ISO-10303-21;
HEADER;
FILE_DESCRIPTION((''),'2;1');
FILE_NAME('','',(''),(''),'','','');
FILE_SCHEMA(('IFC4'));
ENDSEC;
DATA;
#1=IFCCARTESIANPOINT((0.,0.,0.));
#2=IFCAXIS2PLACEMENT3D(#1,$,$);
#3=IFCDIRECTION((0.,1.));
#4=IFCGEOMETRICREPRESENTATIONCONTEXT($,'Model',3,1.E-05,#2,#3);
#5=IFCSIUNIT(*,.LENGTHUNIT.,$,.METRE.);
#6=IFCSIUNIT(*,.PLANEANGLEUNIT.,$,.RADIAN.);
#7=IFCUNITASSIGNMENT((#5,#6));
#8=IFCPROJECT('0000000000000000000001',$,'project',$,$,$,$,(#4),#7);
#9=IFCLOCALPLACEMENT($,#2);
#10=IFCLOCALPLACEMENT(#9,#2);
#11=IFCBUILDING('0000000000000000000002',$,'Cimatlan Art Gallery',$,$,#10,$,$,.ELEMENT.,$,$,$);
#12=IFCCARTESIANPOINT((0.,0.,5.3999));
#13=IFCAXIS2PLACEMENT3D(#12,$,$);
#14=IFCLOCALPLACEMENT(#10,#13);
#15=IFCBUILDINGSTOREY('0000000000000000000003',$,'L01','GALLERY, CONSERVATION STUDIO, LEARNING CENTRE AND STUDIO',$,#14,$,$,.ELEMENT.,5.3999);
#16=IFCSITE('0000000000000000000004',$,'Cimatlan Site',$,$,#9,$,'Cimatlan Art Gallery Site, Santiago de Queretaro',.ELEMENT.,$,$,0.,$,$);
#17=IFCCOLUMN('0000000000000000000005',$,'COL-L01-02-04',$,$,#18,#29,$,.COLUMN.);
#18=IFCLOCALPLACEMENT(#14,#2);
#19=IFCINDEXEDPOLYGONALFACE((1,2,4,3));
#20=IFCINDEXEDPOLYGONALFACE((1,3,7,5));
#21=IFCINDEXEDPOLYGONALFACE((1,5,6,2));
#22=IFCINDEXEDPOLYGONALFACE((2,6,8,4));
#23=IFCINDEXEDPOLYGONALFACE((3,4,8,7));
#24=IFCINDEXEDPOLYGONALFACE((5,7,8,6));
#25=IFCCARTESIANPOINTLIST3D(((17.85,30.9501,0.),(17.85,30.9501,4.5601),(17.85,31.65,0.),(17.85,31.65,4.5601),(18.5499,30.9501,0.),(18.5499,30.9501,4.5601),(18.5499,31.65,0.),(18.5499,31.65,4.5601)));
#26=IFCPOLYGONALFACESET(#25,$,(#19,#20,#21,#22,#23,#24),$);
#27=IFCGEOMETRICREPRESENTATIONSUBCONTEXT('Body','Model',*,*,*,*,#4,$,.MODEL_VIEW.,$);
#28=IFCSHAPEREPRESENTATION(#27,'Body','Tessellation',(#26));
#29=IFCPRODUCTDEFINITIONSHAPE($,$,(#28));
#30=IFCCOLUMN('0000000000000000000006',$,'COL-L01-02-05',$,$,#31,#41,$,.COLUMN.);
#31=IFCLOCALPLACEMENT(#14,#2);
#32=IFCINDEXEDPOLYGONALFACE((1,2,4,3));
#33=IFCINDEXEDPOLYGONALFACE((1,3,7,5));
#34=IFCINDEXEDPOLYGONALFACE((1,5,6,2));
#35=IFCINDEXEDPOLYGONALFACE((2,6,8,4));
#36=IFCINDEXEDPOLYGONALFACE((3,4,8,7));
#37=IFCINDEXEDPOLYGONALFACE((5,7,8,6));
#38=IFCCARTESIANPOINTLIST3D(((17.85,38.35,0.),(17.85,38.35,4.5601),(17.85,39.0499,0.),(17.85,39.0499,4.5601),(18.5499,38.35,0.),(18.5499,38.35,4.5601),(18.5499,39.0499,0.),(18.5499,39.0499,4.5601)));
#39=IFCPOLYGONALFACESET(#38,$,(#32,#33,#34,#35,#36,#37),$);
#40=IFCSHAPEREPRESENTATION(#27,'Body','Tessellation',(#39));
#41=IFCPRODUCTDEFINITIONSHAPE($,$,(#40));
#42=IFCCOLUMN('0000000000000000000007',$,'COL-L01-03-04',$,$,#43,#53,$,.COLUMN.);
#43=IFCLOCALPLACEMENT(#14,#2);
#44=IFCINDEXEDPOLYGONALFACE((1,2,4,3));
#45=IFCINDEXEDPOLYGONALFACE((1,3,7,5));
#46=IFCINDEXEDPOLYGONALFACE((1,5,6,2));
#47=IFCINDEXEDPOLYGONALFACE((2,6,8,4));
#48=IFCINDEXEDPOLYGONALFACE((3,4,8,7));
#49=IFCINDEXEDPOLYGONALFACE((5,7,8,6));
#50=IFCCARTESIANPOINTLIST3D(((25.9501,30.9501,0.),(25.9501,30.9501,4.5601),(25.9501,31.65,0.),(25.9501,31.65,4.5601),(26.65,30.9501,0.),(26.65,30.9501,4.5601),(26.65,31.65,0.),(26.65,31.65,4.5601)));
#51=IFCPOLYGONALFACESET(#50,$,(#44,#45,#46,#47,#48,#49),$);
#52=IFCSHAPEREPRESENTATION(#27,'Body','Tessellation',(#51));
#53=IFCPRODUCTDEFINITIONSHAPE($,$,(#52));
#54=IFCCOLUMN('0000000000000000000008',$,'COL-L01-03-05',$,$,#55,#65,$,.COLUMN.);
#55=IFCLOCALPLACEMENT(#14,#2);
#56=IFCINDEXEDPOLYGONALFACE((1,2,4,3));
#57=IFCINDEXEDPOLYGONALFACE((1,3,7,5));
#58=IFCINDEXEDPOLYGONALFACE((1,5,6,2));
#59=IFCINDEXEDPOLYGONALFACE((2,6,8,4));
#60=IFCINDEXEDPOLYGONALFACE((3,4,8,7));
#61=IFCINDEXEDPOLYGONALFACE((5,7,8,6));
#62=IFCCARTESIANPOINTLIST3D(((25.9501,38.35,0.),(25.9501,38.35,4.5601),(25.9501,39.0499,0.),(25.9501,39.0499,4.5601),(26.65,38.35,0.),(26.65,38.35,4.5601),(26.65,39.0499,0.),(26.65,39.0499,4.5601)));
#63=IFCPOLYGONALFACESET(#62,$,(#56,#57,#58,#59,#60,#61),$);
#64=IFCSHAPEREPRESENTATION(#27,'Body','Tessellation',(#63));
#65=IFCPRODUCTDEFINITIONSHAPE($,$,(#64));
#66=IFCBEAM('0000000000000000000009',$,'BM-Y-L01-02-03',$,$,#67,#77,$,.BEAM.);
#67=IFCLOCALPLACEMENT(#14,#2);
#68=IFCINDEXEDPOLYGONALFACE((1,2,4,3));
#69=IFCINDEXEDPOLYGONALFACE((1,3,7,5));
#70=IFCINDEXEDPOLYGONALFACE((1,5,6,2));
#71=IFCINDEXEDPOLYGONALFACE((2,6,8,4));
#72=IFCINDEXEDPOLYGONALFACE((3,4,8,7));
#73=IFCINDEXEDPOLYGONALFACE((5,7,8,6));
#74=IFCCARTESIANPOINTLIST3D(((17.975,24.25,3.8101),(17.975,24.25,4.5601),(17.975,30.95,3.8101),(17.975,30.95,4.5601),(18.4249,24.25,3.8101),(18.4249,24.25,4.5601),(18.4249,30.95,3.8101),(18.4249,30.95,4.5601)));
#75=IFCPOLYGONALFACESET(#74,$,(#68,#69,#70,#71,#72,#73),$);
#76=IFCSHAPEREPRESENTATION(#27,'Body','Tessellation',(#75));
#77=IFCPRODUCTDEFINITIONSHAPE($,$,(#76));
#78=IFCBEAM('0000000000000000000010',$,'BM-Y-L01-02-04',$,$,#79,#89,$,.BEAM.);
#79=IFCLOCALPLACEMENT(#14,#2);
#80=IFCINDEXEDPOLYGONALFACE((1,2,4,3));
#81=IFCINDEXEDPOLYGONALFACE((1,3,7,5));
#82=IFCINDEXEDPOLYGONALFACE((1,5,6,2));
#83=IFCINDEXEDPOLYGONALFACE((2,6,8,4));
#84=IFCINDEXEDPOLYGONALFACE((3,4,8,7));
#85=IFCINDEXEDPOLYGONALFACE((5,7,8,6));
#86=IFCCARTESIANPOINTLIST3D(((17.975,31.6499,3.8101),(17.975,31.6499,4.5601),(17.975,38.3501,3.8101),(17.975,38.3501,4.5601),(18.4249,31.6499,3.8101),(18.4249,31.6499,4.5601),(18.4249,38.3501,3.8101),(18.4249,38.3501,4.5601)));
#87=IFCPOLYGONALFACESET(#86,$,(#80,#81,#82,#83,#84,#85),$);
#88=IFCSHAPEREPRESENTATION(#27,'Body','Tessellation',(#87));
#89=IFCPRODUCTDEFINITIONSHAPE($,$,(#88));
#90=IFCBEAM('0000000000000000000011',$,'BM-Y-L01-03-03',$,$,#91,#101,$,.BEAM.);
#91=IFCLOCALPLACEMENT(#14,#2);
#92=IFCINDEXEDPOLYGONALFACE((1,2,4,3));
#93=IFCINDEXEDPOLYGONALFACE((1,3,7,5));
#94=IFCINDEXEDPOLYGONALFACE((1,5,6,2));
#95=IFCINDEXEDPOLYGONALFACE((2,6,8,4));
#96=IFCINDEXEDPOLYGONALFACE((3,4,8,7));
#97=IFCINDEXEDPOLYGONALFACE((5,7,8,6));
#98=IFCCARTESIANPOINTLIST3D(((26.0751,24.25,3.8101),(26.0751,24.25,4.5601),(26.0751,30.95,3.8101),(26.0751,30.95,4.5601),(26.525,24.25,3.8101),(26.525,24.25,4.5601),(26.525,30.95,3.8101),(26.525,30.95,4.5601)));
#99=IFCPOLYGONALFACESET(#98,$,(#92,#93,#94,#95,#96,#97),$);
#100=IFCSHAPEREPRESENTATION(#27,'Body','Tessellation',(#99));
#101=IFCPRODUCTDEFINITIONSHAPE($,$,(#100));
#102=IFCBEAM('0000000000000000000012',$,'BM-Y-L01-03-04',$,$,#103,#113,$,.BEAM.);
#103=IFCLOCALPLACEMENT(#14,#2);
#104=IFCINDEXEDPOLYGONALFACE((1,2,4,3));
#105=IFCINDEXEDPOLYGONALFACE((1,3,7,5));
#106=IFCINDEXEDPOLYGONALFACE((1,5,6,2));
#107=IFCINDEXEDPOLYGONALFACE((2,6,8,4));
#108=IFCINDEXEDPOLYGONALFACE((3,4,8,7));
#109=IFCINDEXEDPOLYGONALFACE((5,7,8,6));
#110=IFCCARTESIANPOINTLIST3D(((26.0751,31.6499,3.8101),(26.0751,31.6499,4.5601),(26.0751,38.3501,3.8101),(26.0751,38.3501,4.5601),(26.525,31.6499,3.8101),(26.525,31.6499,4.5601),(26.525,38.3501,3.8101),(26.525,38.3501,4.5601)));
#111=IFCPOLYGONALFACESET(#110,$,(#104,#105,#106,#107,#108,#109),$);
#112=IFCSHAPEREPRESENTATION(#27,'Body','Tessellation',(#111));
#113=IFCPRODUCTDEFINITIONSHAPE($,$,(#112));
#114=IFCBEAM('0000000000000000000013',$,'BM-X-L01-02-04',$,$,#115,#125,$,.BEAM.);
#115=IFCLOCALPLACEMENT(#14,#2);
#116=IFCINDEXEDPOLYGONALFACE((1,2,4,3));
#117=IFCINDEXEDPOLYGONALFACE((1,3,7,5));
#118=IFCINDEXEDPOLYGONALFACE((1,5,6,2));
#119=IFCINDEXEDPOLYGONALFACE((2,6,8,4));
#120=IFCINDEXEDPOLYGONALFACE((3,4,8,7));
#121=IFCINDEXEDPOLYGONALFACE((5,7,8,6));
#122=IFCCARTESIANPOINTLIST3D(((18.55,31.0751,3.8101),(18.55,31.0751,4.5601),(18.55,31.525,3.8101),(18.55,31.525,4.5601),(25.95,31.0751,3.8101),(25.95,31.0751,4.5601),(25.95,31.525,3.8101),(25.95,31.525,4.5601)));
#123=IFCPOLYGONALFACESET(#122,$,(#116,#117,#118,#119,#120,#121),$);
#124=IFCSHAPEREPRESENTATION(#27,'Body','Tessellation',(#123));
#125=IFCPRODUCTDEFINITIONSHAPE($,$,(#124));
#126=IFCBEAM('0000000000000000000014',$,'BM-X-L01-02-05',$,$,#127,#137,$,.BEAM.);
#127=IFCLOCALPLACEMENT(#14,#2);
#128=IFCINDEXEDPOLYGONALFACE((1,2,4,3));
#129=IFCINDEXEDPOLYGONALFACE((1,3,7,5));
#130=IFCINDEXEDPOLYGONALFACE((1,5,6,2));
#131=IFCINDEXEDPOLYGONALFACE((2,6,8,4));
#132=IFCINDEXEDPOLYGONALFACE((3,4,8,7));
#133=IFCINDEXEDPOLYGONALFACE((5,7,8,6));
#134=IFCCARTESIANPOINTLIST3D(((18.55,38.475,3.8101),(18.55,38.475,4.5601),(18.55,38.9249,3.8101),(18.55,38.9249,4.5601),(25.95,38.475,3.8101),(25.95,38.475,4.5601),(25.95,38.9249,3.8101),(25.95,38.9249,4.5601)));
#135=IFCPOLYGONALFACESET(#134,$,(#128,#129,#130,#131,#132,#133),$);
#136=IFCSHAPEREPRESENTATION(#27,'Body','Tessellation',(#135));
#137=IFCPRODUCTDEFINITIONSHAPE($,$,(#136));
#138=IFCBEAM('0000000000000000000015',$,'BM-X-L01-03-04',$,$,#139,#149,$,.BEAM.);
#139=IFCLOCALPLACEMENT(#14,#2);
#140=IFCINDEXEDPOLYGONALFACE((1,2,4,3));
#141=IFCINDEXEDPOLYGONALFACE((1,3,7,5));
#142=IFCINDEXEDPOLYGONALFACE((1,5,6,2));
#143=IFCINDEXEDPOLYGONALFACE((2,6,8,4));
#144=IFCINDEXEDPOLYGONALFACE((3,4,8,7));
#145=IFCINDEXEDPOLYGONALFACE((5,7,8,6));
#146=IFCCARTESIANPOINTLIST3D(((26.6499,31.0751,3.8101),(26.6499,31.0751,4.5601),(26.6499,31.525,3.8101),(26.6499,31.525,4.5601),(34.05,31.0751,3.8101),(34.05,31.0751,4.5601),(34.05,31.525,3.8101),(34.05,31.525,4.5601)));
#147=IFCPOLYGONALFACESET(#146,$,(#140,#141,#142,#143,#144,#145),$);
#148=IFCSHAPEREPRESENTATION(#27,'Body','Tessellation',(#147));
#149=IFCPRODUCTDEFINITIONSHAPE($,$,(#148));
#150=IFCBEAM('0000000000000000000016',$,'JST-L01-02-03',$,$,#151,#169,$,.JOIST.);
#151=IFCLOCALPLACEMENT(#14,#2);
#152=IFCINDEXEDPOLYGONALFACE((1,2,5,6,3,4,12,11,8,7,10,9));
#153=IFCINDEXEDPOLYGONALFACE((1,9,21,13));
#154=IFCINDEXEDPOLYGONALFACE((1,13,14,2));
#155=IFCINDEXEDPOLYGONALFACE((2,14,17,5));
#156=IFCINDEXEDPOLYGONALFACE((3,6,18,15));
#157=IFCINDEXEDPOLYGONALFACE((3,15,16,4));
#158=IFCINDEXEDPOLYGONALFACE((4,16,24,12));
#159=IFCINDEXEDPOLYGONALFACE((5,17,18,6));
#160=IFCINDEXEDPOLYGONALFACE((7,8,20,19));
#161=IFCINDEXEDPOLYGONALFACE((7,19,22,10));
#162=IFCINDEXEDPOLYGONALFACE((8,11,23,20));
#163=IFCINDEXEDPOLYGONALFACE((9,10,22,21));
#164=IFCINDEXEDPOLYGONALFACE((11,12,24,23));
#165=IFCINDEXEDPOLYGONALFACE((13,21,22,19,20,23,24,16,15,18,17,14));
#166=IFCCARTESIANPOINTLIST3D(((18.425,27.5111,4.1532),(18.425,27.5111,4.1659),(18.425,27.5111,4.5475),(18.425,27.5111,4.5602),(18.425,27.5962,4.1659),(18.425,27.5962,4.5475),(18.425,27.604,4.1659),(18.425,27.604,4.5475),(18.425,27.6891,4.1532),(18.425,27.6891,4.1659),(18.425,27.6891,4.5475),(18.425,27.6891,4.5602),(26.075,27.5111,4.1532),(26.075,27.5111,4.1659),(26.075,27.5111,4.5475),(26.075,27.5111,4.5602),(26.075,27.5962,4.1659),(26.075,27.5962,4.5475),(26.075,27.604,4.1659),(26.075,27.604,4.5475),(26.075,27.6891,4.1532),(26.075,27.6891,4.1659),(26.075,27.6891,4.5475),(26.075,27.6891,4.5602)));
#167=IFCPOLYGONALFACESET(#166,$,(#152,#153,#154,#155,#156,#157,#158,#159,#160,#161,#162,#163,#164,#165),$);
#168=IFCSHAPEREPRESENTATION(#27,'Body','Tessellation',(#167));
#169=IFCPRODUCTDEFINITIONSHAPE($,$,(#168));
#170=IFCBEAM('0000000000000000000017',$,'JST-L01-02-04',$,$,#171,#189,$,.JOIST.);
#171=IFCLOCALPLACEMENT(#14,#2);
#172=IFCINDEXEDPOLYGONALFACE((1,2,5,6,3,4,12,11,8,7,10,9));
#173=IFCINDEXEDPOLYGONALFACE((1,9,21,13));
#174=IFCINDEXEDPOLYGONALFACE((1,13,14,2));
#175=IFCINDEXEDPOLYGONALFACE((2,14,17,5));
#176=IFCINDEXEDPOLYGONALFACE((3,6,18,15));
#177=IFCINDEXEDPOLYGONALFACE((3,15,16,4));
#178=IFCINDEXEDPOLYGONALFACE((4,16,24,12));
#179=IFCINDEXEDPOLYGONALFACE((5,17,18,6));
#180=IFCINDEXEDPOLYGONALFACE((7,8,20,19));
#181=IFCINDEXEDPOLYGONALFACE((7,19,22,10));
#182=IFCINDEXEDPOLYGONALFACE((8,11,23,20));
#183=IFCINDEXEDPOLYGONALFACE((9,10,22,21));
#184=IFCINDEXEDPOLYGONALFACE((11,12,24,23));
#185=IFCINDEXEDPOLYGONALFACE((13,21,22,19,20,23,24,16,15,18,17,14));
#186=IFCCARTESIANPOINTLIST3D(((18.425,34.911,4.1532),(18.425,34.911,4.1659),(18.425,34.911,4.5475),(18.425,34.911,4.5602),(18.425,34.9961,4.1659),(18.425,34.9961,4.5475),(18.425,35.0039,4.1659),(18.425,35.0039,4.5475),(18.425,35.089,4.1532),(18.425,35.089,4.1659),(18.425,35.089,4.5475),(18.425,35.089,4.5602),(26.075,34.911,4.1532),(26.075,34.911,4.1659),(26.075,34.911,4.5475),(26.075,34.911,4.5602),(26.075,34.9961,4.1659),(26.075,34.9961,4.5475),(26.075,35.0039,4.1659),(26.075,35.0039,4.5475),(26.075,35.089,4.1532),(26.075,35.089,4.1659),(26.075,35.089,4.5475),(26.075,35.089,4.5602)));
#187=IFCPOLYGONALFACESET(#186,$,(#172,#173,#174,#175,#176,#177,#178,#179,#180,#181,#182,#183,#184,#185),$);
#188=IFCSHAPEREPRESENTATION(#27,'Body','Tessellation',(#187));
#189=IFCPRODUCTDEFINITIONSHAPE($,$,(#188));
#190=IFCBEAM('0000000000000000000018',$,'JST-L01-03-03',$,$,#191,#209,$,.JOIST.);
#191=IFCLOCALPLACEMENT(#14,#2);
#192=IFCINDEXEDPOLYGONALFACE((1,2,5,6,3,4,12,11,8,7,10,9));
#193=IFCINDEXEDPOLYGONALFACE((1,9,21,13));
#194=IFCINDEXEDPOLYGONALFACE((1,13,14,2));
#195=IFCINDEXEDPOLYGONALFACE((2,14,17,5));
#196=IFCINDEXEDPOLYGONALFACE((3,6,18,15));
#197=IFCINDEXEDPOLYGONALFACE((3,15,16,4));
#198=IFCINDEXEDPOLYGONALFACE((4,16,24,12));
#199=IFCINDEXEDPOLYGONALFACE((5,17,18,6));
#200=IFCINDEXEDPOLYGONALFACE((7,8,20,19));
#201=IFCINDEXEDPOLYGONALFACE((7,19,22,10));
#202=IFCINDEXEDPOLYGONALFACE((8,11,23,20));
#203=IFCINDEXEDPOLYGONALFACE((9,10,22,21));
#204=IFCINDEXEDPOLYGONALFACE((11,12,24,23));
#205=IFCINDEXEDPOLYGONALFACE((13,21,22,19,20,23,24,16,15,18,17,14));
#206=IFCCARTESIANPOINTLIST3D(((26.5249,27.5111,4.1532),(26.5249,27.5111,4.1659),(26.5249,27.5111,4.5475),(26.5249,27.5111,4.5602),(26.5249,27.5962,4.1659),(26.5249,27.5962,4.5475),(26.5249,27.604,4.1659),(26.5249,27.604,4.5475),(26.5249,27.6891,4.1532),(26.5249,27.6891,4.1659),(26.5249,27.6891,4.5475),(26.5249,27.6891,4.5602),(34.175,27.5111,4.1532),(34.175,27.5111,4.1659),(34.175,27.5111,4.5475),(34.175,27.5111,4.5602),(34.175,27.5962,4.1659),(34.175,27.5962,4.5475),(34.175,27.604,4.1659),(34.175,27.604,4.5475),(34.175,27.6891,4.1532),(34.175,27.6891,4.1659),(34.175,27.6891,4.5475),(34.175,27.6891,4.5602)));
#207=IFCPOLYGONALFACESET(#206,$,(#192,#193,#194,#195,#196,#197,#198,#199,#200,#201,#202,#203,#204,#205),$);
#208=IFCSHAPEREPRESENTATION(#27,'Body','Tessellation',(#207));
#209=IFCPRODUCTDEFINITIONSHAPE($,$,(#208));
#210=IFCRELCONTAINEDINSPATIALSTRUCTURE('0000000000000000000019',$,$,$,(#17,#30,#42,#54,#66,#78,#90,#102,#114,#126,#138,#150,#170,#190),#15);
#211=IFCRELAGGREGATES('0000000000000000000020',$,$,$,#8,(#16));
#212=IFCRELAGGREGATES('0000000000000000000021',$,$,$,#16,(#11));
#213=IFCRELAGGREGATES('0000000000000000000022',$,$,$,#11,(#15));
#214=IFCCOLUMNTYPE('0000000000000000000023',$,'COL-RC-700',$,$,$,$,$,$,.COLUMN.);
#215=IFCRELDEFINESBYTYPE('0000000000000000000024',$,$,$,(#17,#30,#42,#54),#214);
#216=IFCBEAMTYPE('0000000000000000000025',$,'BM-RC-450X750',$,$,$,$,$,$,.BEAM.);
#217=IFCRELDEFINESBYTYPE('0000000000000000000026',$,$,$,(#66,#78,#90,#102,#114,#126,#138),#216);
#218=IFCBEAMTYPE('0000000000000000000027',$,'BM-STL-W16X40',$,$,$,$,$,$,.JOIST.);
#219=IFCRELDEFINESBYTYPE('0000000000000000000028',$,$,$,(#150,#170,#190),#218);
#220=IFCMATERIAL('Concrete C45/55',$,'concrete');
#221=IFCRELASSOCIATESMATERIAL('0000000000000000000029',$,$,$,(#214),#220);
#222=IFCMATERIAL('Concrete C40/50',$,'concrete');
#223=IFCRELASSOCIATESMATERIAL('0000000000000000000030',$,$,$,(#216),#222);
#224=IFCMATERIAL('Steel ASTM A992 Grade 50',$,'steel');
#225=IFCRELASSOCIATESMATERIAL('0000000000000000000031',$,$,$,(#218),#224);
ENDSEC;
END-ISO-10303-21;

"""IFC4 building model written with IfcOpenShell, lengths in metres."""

from ifc_helpers import new_model, si_unit, direction, frame, origin, origin_2d, place, context, subcontext, project, spatial, rectangle, i_section, extrude, material, material_profile, profile_set, type_object, element, save


model = new_model("IFC4")

# Units and contexts
model_context = context("Model", 3, precision=1e-05, world=origin(), true_north=direction((0.0, 1.0)))
body_context = subcontext(model_context, "Body", "Model", "MODEL_VIEW")
ifc_project = project(units=[si_unit("LENGTHUNIT", "METRE"), si_unit("PLANEANGLEUNIT", "RADIAN")], contexts=[model_context])

# Site, building, storey
site_placement = place(None, origin())
site = spatial("IfcSite", under=ifc_project, at=site_placement, Name="Cimatlan Site", LongName="Cimatlan Art Gallery Site, Santiago de Queretaro", CompositionType="ELEMENT", RefElevation=0.0)
building_placement = place(site_placement, origin())
building = spatial("IfcBuilding", under=site, at=building_placement, Name="Cimatlan Art Gallery", CompositionType="ELEMENT")
storey_placement = place(building_placement, frame((0.0, 0.0, 5.3999)))
storey = spatial("IfcBuildingStorey", under=building, at=storey_placement, Name="L01", Description="GALLERY, CONSERVATION STUDIO, LEARNING CENTRE AND STUDIO", CompositionType="ELEMENT", Elevation=5.3999)

# Columns
ifc_material_1 = material(Name="Concrete C45/55", Category="concrete")
ifc_material_profile_1 = material_profile(ifc_material_1, rectangle(XDim=0.7, YDim=0.7, at=origin_2d()), Name="RC700X700")
ifc_profile_set_1 = profile_set([ifc_material_profile_1], Name="Concrete C45/55")
column_type = type_object("IfcColumnType", Name="COL-RC-700", PredefinedType="COLUMN", material=ifc_profile_set_1)
for number, where, z_axis, x_axis, name in (
    (1, (18.2, 31.3, 0.0), (0.0, 0.0, 1.0), (1.0, 0.0, 0.0), "COL-L01-02-04"),
    (2, (18.2, 38.7, 0.0), (0.0, 0.0, 1.0), (1.0, 0.0, 0.0), "COL-L01-02-05"),
    (3, (26.3, 31.3, 0.0), (0.0, 0.0, 1.0), (1.0, 0.0, 0.0), "COL-L01-03-04"),
    (4, (26.3, 38.7, 0.0), (0.0, 0.0, 1.0), (1.0, 0.0, 0.0), "COL-L01-03-05"),
):
    element("IfcColumn", number, at=place(storey_placement, frame(where, z_axis=z_axis, x_axis=x_axis)), inside=storey, type_object=column_type, Name=name, PredefinedType="COLUMN", context=body_context, shape_type="SweptSolid", body=[
        extrude(rectangle(XDim=0.7, YDim=0.7, at=origin_2d()), origin(), (0.0, 0.0, 1.0), 4.5601),
    ])

# Beams
ifc_material_2 = material(Name="Concrete C40/50", Category="concrete")
ifc_material_profile_2 = material_profile(ifc_material_2, rectangle(XDim=0.45, YDim=0.75, at=origin_2d()), Name="RC450X750")
ifc_profile_set_2 = profile_set([ifc_material_profile_2], Name="Concrete C40/50")
beam_type_1 = type_object("IfcBeamType", Name="BM-RC-450X750", PredefinedType="BEAM", material=ifc_profile_set_2)
beam_1_placement = place(storey_placement, frame((18.2, 24.25, 4.1851), z_axis=(0.0, 1.0, 0.0), x_axis=(-1.0, 0.0, 0.0)))
element("IfcBeam", 5, at=beam_1_placement, inside=storey, type_object=beam_type_1, Name="BM-Y-L01-02-03", PredefinedType="BEAM", context=body_context, shape_type="SweptSolid", body=[
    extrude(rectangle(XDim=0.45, YDim=0.75, at=origin_2d()), origin(), (0.0, 0.0, 1.0), 6.7),
])
beam_2_placement = place(storey_placement, frame((18.2, 31.6499, 4.1851), z_axis=(0.0, 1.0, 0.0), x_axis=(-1.0, 0.0, 0.0)))
element("IfcBeam", 6, at=beam_2_placement, inside=storey, type_object=beam_type_1, Name="BM-Y-L01-02-04", PredefinedType="BEAM", context=body_context, shape_type="SweptSolid", body=[
    extrude(rectangle(XDim=0.45, YDim=0.75, at=origin_2d()), origin(), (0.0, 0.0, 1.0), 6.7002),
])
beam_3_placement = place(storey_placement, frame((26.3, 24.25, 4.1851), z_axis=(0.0, 1.0, 0.0), x_axis=(-1.0, 0.0, 0.0)))
element("IfcBeam", 7, at=beam_3_placement, inside=storey, type_object=beam_type_1, Name="BM-Y-L01-03-03", PredefinedType="BEAM", context=body_context, shape_type="SweptSolid", body=[
    extrude(rectangle(XDim=0.45, YDim=0.75, at=origin_2d()), origin(), (0.0, 0.0, 1.0), 6.7),
])
beam_4_placement = place(storey_placement, frame((26.3, 31.6499, 4.1851), z_axis=(0.0, 1.0, 0.0), x_axis=(-1.0, 0.0, 0.0)))
element("IfcBeam", 8, at=beam_4_placement, inside=storey, type_object=beam_type_1, Name="BM-Y-L01-03-04", PredefinedType="BEAM", context=body_context, shape_type="SweptSolid", body=[
    extrude(rectangle(XDim=0.45, YDim=0.75, at=origin_2d()), origin(), (0.0, 0.0, 1.0), 6.7002),
])
for number, where, z_axis, x_axis, name in (
    (9, (18.55, 31.3, 4.1851), (1.0, 0.0, 0.0), (0.0, 1.0, 0.0), "BM-X-L01-02-04"),
    (10, (18.55, 38.7, 4.1851), (1.0, 0.0, 0.0), (0.0, 1.0, 0.0), "BM-X-L01-02-05"),
):
    element("IfcBeam", number, at=place(storey_placement, frame(where, z_axis=z_axis, x_axis=x_axis)), inside=storey, type_object=beam_type_1, Name=name, PredefinedType="BEAM", context=body_context, shape_type="SweptSolid", body=[
        extrude(rectangle(XDim=0.45, YDim=0.75, at=origin_2d()), origin(), (0.0, 0.0, 1.0), 7.3999),
    ])
beam_5_placement = place(storey_placement, frame((26.6499, 31.3, 4.1851), z_axis=(1.0, 0.0, 0.0), x_axis=(0.0, 1.0, 0.0)))
element("IfcBeam", 11, at=beam_5_placement, inside=storey, type_object=beam_type_1, Name="BM-X-L01-03-04", PredefinedType="BEAM", context=body_context, shape_type="SweptSolid", body=[
    extrude(rectangle(XDim=0.45, YDim=0.75, at=origin_2d()), origin(), (0.0, 0.0, 1.0), 7.4001),
])
ifc_material_3 = material(Name="Steel ASTM A992 Grade 50", Category="steel")
ifc_material_profile_3 = material_profile(ifc_material_3, i_section(OverallWidth=0.178, OverallDepth=0.407, WebThickness=0.0078, FlangeThickness=0.0127, at=origin_2d()), Name="W16X40")
ifc_profile_set_3 = profile_set([ifc_material_profile_3], Name="Steel ASTM A992 Grade 50")
beam_type_2 = type_object("IfcBeamType", Name="BM-STL-W16X40", PredefinedType="JOIST", material=ifc_profile_set_3)
for number, where, z_axis, x_axis, name in (
    (12, (18.425, 27.6001, 4.3567), (1.0, 0.0, 0.0), (0.0, 1.0, 0.0), "JST-L01-02-03"),
    (13, (18.425, 35.0, 4.3567), (1.0, 0.0, 0.0), (0.0, 1.0, 0.0), "JST-L01-02-04"),
):
    element("IfcBeam", number, at=place(storey_placement, frame(where, z_axis=z_axis, x_axis=x_axis)), inside=storey, type_object=beam_type_2, Name=name, PredefinedType="JOIST", context=body_context, shape_type="SweptSolid", body=[
        extrude(i_section(OverallWidth=0.178, OverallDepth=0.407, WebThickness=0.0078, FlangeThickness=0.0127, at=origin_2d()), origin(), (0.0, 0.0, 1.0), 7.6499),
    ])
for number, where, z_axis, x_axis, name in (
    (14, (26.5249, 27.6001, 4.3567), (1.0, 0.0, 0.0), (0.0, 1.0, 0.0), "JST-L01-03-03"),
):
    element("IfcBeam", number, at=place(storey_placement, frame(where, z_axis=z_axis, x_axis=x_axis)), inside=storey, type_object=beam_type_2, Name=name, PredefinedType="JOIST", context=body_context, shape_type="SweptSolid", body=[
        extrude(i_section(OverallWidth=0.178, OverallDepth=0.407, WebThickness=0.0078, FlangeThickness=0.0127, at=origin_2d()), origin(), (0.0, 0.0, 1.0), 7.6501),
    ])

save(model, "model.ifc")
